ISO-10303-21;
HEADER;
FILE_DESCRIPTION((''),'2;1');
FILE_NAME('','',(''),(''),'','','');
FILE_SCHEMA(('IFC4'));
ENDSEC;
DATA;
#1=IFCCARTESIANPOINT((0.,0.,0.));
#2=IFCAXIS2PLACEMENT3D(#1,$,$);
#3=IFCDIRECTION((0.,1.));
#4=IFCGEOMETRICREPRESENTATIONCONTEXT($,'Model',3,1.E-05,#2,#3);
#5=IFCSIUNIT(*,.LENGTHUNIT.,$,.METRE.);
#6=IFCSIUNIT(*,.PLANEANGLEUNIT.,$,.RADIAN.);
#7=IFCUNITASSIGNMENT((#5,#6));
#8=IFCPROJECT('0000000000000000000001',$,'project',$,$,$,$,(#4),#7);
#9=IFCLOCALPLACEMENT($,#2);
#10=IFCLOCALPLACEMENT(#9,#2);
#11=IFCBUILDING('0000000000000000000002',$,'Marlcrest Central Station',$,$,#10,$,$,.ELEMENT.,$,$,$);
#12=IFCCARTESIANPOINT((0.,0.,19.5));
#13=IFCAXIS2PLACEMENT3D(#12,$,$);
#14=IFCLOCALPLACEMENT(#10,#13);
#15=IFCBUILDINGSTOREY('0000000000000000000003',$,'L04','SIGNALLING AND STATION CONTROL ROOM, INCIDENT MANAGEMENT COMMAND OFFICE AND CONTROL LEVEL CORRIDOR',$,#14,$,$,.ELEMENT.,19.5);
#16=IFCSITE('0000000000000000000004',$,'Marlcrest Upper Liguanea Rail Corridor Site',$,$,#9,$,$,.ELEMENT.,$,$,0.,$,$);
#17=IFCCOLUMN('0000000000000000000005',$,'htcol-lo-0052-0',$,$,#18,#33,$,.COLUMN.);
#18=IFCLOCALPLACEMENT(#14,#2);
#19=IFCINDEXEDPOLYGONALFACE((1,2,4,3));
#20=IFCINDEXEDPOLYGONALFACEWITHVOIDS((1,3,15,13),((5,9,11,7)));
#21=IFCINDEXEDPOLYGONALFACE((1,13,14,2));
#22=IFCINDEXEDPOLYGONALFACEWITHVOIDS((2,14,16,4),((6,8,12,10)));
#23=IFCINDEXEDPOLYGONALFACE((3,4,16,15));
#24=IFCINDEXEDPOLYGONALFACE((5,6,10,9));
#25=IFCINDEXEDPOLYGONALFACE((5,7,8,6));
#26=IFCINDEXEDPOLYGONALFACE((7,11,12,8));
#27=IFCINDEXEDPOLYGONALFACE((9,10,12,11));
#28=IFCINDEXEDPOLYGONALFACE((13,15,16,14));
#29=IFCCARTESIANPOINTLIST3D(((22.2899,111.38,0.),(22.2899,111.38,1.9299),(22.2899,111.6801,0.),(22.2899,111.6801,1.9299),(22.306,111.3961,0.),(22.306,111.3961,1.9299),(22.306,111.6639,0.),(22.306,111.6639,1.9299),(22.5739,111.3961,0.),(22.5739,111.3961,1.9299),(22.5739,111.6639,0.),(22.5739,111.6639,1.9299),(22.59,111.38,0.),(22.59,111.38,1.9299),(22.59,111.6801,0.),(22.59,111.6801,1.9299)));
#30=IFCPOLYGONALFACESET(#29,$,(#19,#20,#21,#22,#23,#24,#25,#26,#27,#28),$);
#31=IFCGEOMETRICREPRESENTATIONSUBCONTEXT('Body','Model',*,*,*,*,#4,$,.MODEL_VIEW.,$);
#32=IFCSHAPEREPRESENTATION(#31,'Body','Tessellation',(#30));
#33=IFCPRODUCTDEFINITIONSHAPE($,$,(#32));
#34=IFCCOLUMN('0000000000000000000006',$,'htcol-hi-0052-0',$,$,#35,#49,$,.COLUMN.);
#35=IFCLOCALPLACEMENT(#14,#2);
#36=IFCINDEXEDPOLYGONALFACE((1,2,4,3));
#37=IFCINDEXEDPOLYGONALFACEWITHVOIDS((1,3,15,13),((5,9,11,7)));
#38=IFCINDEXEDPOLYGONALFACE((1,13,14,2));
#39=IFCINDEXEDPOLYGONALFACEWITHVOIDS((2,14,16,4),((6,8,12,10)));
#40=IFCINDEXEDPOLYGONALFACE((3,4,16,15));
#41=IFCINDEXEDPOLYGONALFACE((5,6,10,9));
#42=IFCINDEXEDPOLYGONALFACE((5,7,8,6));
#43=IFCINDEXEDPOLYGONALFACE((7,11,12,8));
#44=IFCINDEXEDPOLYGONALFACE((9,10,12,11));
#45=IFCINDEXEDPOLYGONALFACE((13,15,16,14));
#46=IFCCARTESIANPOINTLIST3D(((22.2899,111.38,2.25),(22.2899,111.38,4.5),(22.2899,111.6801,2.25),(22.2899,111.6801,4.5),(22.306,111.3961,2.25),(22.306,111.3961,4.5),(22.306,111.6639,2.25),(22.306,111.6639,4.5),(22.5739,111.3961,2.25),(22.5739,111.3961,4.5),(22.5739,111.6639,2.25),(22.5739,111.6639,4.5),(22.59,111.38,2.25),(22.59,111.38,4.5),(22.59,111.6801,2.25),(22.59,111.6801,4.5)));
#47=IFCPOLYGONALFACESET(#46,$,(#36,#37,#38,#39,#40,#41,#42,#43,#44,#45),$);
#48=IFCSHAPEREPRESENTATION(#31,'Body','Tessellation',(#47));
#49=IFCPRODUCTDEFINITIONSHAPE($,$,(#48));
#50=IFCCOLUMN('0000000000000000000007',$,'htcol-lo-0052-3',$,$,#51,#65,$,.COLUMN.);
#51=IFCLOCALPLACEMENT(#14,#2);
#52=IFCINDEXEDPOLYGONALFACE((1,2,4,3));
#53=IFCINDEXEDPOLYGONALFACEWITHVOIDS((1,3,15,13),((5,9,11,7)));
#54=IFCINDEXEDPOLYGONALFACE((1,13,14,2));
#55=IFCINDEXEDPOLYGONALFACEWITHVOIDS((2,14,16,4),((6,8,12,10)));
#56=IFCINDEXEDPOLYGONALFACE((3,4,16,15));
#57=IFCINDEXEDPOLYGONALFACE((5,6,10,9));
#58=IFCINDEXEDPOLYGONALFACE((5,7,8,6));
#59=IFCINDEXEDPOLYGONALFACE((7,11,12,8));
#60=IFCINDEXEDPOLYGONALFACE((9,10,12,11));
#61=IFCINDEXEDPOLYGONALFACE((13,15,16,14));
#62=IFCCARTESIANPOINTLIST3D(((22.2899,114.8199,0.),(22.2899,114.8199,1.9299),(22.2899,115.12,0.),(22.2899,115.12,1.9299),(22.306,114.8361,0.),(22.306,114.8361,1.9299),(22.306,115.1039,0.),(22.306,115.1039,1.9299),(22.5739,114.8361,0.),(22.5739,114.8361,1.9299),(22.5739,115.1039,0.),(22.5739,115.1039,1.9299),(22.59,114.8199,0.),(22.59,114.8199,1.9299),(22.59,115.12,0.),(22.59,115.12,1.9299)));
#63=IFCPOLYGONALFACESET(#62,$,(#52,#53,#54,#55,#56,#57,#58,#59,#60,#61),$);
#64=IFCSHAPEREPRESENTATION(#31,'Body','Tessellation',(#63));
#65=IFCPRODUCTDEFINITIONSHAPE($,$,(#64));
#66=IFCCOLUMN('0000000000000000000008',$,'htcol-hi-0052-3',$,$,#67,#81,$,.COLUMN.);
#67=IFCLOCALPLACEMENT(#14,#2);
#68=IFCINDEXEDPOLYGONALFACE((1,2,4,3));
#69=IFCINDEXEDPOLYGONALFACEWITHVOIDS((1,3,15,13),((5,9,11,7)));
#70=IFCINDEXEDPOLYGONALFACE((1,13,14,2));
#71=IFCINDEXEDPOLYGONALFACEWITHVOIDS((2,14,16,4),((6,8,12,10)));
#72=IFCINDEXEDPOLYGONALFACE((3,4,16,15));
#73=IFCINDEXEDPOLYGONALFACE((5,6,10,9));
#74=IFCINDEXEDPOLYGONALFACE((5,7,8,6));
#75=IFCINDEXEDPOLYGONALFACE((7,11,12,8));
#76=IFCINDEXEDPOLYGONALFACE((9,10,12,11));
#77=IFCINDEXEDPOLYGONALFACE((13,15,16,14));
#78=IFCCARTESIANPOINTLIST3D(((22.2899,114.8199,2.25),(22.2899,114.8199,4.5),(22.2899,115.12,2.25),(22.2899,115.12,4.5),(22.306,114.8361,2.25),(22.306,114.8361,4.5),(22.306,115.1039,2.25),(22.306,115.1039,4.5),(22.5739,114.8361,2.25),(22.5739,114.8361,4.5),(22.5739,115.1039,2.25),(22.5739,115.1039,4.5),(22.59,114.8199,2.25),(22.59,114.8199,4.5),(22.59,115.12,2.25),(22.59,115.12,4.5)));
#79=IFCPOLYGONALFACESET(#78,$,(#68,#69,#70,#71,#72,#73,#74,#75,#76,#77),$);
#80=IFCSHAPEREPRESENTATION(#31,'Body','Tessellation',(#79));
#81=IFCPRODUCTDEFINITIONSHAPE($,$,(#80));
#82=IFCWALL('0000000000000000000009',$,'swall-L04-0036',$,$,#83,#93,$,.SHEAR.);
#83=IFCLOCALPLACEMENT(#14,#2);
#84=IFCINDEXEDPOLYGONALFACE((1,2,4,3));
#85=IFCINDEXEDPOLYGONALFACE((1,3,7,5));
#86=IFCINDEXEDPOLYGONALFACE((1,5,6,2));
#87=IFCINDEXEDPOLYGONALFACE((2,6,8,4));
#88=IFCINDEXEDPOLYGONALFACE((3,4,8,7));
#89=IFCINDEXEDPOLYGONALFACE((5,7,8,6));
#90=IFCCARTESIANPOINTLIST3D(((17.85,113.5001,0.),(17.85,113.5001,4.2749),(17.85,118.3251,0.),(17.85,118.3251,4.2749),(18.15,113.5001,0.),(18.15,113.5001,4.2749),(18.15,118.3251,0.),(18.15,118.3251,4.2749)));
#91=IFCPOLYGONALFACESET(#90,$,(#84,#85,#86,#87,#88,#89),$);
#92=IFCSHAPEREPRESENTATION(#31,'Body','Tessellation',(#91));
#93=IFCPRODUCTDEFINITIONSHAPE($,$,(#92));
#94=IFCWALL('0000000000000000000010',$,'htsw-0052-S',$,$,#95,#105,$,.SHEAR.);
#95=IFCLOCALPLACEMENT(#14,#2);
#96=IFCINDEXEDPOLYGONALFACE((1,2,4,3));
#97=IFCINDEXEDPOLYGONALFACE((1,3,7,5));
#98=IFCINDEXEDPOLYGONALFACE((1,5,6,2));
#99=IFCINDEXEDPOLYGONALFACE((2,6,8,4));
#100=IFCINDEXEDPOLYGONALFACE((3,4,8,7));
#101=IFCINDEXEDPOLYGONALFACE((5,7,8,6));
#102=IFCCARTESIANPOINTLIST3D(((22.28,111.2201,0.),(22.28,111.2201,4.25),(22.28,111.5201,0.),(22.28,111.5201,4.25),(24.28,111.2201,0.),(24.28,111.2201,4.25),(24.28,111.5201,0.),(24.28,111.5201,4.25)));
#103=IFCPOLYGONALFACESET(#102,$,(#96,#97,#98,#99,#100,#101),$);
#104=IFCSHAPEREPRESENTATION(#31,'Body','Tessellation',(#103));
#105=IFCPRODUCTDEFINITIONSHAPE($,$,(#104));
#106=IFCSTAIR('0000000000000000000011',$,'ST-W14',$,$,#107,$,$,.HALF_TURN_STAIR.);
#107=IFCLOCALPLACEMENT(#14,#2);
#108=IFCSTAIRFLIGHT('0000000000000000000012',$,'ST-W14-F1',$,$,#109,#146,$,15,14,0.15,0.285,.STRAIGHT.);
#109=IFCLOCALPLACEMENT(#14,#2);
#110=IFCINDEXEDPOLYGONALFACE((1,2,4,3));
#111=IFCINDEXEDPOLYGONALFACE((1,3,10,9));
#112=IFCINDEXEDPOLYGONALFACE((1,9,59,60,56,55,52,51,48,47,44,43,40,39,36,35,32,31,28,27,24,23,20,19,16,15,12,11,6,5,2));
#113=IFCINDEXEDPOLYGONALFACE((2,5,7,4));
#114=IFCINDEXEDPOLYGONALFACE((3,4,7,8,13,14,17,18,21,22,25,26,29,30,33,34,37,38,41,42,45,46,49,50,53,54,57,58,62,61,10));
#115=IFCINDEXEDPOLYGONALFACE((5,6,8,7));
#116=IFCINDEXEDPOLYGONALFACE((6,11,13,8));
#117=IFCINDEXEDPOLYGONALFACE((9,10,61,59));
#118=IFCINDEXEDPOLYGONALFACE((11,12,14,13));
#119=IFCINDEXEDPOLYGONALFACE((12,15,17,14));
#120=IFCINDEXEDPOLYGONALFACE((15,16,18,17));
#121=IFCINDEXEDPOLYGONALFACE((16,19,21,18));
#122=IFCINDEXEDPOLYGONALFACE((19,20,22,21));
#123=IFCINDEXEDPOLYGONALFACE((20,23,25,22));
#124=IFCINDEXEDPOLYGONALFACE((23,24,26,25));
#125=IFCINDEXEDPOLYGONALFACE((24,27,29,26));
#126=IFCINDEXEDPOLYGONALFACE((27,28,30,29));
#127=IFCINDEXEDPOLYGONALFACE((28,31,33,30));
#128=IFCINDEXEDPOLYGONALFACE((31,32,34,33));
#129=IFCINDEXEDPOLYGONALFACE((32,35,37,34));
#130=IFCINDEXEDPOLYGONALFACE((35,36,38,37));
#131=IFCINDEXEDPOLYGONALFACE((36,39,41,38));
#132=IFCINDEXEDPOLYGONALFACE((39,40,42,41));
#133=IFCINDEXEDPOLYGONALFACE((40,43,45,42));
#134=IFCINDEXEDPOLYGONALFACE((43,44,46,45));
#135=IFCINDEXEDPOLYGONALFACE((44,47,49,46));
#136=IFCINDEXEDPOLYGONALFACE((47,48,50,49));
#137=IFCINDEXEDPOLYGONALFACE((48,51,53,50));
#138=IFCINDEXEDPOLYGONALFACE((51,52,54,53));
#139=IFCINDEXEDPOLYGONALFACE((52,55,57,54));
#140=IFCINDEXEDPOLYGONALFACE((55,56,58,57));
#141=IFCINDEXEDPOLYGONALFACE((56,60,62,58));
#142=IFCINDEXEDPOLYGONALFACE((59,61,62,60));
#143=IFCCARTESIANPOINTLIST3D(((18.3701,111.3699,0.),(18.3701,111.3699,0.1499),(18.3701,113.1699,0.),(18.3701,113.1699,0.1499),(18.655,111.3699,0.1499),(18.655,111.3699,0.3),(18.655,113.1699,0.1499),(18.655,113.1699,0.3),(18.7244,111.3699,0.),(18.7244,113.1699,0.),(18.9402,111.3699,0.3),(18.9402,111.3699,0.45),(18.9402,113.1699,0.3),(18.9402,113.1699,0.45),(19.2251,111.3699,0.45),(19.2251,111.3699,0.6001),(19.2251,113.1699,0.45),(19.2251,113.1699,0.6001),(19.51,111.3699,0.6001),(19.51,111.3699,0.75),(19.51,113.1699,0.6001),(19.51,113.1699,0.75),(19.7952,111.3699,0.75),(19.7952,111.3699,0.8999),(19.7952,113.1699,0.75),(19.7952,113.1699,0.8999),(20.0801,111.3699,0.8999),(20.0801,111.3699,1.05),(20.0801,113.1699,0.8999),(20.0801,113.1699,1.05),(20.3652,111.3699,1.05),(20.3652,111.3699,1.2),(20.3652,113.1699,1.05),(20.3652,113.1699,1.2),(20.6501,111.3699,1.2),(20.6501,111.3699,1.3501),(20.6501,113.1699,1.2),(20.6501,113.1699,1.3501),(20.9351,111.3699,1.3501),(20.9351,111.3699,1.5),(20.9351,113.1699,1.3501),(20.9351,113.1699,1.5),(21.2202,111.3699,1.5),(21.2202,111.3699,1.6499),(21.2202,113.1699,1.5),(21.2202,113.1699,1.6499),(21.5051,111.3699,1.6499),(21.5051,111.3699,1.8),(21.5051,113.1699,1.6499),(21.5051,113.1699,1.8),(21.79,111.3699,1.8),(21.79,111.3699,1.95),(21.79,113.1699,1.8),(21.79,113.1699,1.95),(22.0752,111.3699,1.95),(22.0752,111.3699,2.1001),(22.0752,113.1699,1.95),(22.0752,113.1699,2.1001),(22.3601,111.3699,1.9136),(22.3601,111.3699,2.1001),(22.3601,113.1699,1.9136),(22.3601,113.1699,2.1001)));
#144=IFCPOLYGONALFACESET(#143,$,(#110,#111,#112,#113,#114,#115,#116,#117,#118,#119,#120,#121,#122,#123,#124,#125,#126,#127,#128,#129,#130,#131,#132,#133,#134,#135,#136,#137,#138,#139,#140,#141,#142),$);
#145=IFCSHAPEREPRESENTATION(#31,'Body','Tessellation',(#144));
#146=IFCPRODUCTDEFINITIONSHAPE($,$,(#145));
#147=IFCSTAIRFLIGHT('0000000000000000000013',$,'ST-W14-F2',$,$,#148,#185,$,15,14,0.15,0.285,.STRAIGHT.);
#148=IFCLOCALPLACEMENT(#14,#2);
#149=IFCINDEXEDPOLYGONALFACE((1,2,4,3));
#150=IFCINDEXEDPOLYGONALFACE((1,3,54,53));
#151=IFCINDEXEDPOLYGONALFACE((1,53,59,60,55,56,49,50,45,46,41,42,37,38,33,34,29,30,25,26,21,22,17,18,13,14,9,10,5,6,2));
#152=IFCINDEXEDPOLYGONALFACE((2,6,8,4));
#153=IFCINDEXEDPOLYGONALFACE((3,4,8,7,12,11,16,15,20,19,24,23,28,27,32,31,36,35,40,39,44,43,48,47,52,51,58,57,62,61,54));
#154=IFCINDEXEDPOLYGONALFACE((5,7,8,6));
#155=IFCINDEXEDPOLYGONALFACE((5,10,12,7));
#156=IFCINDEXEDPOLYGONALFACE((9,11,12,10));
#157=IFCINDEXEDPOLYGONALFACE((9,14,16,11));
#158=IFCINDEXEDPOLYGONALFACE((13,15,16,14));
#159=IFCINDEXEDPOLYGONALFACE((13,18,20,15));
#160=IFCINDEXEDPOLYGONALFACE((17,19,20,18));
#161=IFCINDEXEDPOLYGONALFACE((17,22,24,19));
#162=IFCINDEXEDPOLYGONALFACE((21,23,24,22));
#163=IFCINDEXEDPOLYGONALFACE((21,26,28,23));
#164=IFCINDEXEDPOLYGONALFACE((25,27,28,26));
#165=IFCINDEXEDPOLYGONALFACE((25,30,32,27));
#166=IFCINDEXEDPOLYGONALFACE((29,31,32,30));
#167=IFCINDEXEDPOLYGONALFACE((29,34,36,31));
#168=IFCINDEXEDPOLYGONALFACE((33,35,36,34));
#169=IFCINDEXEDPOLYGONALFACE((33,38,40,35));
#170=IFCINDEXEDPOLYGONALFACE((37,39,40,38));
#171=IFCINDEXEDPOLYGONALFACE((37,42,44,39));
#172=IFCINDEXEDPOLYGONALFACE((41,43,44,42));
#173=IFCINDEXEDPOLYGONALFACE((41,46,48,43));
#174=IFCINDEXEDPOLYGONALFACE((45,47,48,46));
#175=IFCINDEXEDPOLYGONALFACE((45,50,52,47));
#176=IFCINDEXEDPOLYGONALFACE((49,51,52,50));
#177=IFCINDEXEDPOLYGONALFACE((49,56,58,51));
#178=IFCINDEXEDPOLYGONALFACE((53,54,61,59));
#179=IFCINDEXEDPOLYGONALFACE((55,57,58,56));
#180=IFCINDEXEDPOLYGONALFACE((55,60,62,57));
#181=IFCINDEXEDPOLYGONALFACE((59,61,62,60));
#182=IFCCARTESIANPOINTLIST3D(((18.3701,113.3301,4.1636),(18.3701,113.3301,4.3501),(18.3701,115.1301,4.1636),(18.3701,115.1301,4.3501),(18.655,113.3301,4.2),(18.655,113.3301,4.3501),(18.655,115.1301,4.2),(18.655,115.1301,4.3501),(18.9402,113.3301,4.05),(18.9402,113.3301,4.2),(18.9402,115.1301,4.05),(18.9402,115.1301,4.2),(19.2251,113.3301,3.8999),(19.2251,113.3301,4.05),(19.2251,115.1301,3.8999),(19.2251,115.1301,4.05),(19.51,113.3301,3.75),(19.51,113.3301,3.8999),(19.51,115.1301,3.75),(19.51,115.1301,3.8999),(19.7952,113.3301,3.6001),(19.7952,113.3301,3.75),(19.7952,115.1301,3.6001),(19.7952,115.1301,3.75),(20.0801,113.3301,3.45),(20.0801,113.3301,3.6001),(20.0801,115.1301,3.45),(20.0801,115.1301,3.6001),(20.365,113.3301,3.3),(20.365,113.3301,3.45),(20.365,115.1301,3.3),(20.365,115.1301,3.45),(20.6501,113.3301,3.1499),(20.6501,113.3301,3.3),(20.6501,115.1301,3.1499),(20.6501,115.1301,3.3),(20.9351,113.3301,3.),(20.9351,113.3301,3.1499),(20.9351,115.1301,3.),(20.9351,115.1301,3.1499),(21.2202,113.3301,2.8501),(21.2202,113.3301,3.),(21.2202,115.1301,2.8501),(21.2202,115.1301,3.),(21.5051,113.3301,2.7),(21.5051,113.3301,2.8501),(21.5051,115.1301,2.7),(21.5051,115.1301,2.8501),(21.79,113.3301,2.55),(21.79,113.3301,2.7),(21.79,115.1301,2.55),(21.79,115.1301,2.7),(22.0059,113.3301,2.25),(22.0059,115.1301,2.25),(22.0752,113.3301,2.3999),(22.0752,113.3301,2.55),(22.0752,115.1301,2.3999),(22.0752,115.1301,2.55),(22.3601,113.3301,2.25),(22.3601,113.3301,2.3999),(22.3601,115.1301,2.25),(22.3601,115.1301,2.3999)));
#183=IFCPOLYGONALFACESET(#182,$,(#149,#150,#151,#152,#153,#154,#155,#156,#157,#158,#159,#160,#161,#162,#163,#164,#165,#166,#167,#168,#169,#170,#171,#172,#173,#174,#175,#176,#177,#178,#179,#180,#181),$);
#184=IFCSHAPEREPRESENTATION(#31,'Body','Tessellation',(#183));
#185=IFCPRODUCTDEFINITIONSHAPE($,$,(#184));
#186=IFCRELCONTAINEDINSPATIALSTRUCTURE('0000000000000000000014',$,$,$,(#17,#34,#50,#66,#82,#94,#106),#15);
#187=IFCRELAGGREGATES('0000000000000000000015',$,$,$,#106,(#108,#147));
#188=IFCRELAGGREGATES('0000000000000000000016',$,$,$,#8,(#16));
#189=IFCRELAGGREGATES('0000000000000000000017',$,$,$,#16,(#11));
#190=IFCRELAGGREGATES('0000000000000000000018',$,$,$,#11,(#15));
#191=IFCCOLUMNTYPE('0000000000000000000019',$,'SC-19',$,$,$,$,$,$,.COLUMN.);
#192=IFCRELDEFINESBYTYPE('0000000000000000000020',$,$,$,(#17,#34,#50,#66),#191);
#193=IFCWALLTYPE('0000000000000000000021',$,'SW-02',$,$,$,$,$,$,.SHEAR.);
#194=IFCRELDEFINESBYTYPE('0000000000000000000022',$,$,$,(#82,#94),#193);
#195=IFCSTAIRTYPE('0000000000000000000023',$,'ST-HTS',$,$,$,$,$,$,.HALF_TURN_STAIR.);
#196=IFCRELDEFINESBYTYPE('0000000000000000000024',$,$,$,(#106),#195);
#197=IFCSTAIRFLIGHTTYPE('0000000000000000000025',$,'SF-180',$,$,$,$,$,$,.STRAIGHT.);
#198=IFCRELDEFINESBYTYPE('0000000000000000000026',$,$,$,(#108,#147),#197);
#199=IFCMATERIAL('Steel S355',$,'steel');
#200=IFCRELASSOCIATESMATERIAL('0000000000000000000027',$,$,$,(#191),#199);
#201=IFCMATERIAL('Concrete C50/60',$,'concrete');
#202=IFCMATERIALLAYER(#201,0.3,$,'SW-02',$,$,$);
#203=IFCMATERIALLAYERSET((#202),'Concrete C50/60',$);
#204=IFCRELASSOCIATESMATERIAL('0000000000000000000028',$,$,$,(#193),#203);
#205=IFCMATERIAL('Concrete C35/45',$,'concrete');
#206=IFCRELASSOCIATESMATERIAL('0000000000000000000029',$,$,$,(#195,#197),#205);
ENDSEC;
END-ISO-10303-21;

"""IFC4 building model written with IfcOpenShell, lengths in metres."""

from ifc_helpers import new_model, si_unit, direction, frame, frame_2d, origin, origin_2d, place, context, subcontext, project, spatial, polyline, rectangle, hollow_rectangle, outline, extrude, material, layer, layer_set, material_profile, profile_set, type_object, element, aggregate, save


model = new_model("IFC4")

# Units and contexts
model_context = context("Model", 3, precision=1e-05, world=origin(), true_north=direction((0.0, 1.0)))
body_context = subcontext(model_context, "Body", "Model", "MODEL_VIEW")
ifc_project = project(units=[si_unit("LENGTHUNIT", "METRE"), si_unit("PLANEANGLEUNIT", "RADIAN")], contexts=[model_context])

# Site, building, storey
site_placement = place(None, origin())
site = spatial("IfcSite", under=ifc_project, at=site_placement, Name="Marlcrest Upper Liguanea Rail Corridor Site", CompositionType="ELEMENT", RefElevation=0.0)
building_placement = place(site_placement, origin())
building = spatial("IfcBuilding", under=site, at=building_placement, Name="Marlcrest Central Station", CompositionType="ELEMENT")
storey_placement = place(building_placement, frame((0.0, 0.0, 19.5)))
storey = spatial("IfcBuildingStorey", under=building, at=storey_placement, Name="L04", Description="SIGNALLING AND STATION CONTROL ROOM, INCIDENT MANAGEMENT COMMAND OFFICE AND CONTROL LEVEL CORRIDOR", CompositionType="ELEMENT", Elevation=19.5)

# Columns
ifc_material_1 = material(Name="Steel S355", Category="steel")
ifc_material_profile = material_profile(ifc_material_1, hollow_rectangle(XDim=0.3, YDim=0.3, WallThickness=0.0161, at=origin_2d()), Name="SHS 300x300x16")
ifc_profile_set = profile_set([ifc_material_profile], Name="Steel S355")
column_type = type_object("IfcColumnType", Name="SC-19", PredefinedType="COLUMN", material=ifc_profile_set)
column_1_placement = place(storey_placement, frame((22.4399, 111.53, 0.0), z_axis=(0.0, 0.0, 1.0), x_axis=(1.0, 0.0, 0.0)))
element("IfcColumn", 1, at=column_1_placement, inside=storey, type_object=column_type, Name="htcol-lo-0052-0", PredefinedType="COLUMN", context=body_context, shape_type="SweptSolid", body=[
    extrude(hollow_rectangle(XDim=0.3, YDim=0.3, WallThickness=0.0161, at=origin_2d()), origin(), (0.0, 0.0, 1.0), 1.9299),
])
column_2_placement = place(storey_placement, frame((22.4399, 111.53, 2.25), z_axis=(0.0, 0.0, 1.0), x_axis=(1.0, 0.0, 0.0)))
element("IfcColumn", 2, at=column_2_placement, inside=storey, type_object=column_type, Name="htcol-hi-0052-0", PredefinedType="COLUMN", context=body_context, shape_type="SweptSolid", body=[
    extrude(hollow_rectangle(XDim=0.3, YDim=0.3, WallThickness=0.0161, at=origin_2d()), origin(), (0.0, 0.0, 1.0), 2.25),
])
column_3_placement = place(storey_placement, frame((22.4399, 114.97, 0.0), z_axis=(0.0, 0.0, 1.0), x_axis=(1.0, 0.0, 0.0)))
element("IfcColumn", 3, at=column_3_placement, inside=storey, type_object=column_type, Name="htcol-lo-0052-3", PredefinedType="COLUMN", context=body_context, shape_type="SweptSolid", body=[
    extrude(hollow_rectangle(XDim=0.3, YDim=0.3, WallThickness=0.0161, at=origin_2d()), origin(), (0.0, 0.0, 1.0), 1.9299),
])
column_4_placement = place(storey_placement, frame((22.4399, 114.97, 2.25), z_axis=(0.0, 0.0, 1.0), x_axis=(1.0, 0.0, 0.0)))
element("IfcColumn", 4, at=column_4_placement, inside=storey, type_object=column_type, Name="htcol-hi-0052-3", PredefinedType="COLUMN", context=body_context, shape_type="SweptSolid", body=[
    extrude(hollow_rectangle(XDim=0.3, YDim=0.3, WallThickness=0.0161, at=origin_2d()), origin(), (0.0, 0.0, 1.0), 2.25),
])

# Walls
ifc_material_2 = material(Name="Concrete C50/60", Category="concrete")
ifc_layer = layer(ifc_material_2, 0.3, Name="SW-02")
ifc_layer_set = layer_set([ifc_layer], Name="Concrete C50/60")
wall_type = type_object("IfcWallType", Name="SW-02", PredefinedType="SHEAR", material=ifc_layer_set)
wall_1_placement = place(storey_placement, frame((18.0, 113.5, 0.0), z_axis=(0.0, 0.0, 1.0), x_axis=(0.0, 1.0, 0.0)))
element("IfcWall", 5, at=wall_1_placement, inside=storey, type_object=wall_type, Name="swall-L04-0036", PredefinedType="SHEAR", context=body_context, shape_type="SweptSolid", body=[
    extrude(rectangle(XDim=4.825, YDim=0.3, at=frame_2d((2.4126, 0.0))), origin(), (0.0, 0.0, 1.0), 4.2749),
])
wall_2_placement = place(storey_placement, frame((22.28, 111.3701, 0.0), z_axis=(0.0, 0.0, 1.0), x_axis=(1.0, 0.0, 0.0)))
element("IfcWall", 6, at=wall_2_placement, inside=storey, type_object=wall_type, Name="htsw-0052-S", PredefinedType="SHEAR", context=body_context, shape_type="SweptSolid", body=[
    extrude(rectangle(XDim=2.0, YDim=0.3, at=frame_2d((1.0, 0.0))), origin(), (0.0, 0.0, 1.0), 4.25),
])

# Stair, stair flights
ifc_material_3 = material(Name="Concrete C35/45", Category="concrete")
stair_type = type_object("IfcStairType", Name="ST-HTS", PredefinedType="HALF_TURN_STAIR", material=ifc_material_3)
stair_placement = place(storey_placement, origin())
stair = element("IfcStair", 7, at=stair_placement, inside=storey, type_object=stair_type, Name="ST-W14", PredefinedType="HALF_TURN_STAIR")
stair_flight_type = type_object("IfcStairFlightType", Name="SF-180", PredefinedType="STRAIGHT", material=ifc_material_3)
stair_flight_1_placement = place(storey_placement, frame((18.3701, 112.27, 0.0), z_axis=(0.0, 0.0, 1.0), x_axis=(1.0, 0.0, 0.0)))
stair_flight_1 = element("IfcStairFlight", 8, at=stair_flight_1_placement, type_object=stair_flight_type, Name="ST-W14-F1", NumberOfRisers=15, NumberOfTreads=14, PredefinedType="STRAIGHT", RiserHeight=0.15, TreadLength=0.285, context=body_context, shape_type="SweptSolid", body=[
    extrude(outline(polyline([(0.0, 0.0), (0.0, 0.1499), (0.2849, 0.1499), (0.2849, 0.3), (0.5701, 0.3), (0.5701, 0.45), (0.855, 0.45), (0.855, 0.6001), (1.1399, 0.6001), (1.1399, 0.75), (1.425, 0.75), (1.425, 0.8999), (1.71, 0.8999), (1.71, 1.05), (1.9951, 1.05), (1.9951, 1.2), (2.28, 1.2), (2.28, 1.3501), (2.5649, 1.3501), (2.5649, 1.5), (2.8501, 1.5), (2.8501, 1.6499), (3.135, 1.6499), (3.135, 1.8), (3.4199, 1.8), (3.4199, 1.95), (3.7051, 1.95), (3.7051, 2.1001), (3.99, 2.1001), (3.99, 2.25), (3.99, 1.9136), (0.3542, 0.0), (0.0, 0.0)])), frame((0.0, 0.8999, 0.0), z_axis=(0.0, -1.0, 0.0), x_axis=(1.0, 0.0, 0.0)), (0.0, 0.0, 1.0), 1.8),
])
stair_flight_2_placement = place(storey_placement, frame((22.3601, 114.23, 2.25), z_axis=(0.0, 0.0, 1.0), x_axis=(-1.0, 0.0, 0.0)))
stair_flight_2 = element("IfcStairFlight", 9, at=stair_flight_2_placement, type_object=stair_flight_type, Name="ST-W14-F2", NumberOfRisers=15, NumberOfTreads=14, PredefinedType="STRAIGHT", RiserHeight=0.15, TreadLength=0.285, context=body_context, shape_type="SweptSolid", body=[
    extrude(outline(polyline([(0.0, 0.0), (0.0, 0.1499), (0.2849, 0.1499), (0.2849, 0.3), (0.5701, 0.3), (0.5701, 0.45), (0.855, 0.45), (0.855, 0.6001), (1.1399, 0.6001), (1.1399, 0.75), (1.425, 0.75), (1.425, 0.8999), (1.71, 0.8999), (1.71, 1.05), (1.9951, 1.05), (1.9951, 1.2), (2.28, 1.2), (2.28, 1.3501), (2.5649, 1.3501), (2.5649, 1.5), (2.8501, 1.5), (2.8501, 1.6499), (3.135, 1.6499), (3.135, 1.8), (3.4199, 1.8), (3.4199, 1.95), (3.7051, 1.95), (3.7051, 2.1001), (3.99, 2.1001), (3.99, 2.25), (3.99, 1.9136), (0.3542, 0.0), (0.0, 0.0)])), frame((0.0, 0.8999, 0.0), z_axis=(0.0, -1.0, 0.0), x_axis=(1.0, 0.0, 0.0)), (0.0, 0.0, 1.0), 1.8),
])
aggregate(stair, [stair_flight_1, stair_flight_2])

save(model, "model.ifc")
